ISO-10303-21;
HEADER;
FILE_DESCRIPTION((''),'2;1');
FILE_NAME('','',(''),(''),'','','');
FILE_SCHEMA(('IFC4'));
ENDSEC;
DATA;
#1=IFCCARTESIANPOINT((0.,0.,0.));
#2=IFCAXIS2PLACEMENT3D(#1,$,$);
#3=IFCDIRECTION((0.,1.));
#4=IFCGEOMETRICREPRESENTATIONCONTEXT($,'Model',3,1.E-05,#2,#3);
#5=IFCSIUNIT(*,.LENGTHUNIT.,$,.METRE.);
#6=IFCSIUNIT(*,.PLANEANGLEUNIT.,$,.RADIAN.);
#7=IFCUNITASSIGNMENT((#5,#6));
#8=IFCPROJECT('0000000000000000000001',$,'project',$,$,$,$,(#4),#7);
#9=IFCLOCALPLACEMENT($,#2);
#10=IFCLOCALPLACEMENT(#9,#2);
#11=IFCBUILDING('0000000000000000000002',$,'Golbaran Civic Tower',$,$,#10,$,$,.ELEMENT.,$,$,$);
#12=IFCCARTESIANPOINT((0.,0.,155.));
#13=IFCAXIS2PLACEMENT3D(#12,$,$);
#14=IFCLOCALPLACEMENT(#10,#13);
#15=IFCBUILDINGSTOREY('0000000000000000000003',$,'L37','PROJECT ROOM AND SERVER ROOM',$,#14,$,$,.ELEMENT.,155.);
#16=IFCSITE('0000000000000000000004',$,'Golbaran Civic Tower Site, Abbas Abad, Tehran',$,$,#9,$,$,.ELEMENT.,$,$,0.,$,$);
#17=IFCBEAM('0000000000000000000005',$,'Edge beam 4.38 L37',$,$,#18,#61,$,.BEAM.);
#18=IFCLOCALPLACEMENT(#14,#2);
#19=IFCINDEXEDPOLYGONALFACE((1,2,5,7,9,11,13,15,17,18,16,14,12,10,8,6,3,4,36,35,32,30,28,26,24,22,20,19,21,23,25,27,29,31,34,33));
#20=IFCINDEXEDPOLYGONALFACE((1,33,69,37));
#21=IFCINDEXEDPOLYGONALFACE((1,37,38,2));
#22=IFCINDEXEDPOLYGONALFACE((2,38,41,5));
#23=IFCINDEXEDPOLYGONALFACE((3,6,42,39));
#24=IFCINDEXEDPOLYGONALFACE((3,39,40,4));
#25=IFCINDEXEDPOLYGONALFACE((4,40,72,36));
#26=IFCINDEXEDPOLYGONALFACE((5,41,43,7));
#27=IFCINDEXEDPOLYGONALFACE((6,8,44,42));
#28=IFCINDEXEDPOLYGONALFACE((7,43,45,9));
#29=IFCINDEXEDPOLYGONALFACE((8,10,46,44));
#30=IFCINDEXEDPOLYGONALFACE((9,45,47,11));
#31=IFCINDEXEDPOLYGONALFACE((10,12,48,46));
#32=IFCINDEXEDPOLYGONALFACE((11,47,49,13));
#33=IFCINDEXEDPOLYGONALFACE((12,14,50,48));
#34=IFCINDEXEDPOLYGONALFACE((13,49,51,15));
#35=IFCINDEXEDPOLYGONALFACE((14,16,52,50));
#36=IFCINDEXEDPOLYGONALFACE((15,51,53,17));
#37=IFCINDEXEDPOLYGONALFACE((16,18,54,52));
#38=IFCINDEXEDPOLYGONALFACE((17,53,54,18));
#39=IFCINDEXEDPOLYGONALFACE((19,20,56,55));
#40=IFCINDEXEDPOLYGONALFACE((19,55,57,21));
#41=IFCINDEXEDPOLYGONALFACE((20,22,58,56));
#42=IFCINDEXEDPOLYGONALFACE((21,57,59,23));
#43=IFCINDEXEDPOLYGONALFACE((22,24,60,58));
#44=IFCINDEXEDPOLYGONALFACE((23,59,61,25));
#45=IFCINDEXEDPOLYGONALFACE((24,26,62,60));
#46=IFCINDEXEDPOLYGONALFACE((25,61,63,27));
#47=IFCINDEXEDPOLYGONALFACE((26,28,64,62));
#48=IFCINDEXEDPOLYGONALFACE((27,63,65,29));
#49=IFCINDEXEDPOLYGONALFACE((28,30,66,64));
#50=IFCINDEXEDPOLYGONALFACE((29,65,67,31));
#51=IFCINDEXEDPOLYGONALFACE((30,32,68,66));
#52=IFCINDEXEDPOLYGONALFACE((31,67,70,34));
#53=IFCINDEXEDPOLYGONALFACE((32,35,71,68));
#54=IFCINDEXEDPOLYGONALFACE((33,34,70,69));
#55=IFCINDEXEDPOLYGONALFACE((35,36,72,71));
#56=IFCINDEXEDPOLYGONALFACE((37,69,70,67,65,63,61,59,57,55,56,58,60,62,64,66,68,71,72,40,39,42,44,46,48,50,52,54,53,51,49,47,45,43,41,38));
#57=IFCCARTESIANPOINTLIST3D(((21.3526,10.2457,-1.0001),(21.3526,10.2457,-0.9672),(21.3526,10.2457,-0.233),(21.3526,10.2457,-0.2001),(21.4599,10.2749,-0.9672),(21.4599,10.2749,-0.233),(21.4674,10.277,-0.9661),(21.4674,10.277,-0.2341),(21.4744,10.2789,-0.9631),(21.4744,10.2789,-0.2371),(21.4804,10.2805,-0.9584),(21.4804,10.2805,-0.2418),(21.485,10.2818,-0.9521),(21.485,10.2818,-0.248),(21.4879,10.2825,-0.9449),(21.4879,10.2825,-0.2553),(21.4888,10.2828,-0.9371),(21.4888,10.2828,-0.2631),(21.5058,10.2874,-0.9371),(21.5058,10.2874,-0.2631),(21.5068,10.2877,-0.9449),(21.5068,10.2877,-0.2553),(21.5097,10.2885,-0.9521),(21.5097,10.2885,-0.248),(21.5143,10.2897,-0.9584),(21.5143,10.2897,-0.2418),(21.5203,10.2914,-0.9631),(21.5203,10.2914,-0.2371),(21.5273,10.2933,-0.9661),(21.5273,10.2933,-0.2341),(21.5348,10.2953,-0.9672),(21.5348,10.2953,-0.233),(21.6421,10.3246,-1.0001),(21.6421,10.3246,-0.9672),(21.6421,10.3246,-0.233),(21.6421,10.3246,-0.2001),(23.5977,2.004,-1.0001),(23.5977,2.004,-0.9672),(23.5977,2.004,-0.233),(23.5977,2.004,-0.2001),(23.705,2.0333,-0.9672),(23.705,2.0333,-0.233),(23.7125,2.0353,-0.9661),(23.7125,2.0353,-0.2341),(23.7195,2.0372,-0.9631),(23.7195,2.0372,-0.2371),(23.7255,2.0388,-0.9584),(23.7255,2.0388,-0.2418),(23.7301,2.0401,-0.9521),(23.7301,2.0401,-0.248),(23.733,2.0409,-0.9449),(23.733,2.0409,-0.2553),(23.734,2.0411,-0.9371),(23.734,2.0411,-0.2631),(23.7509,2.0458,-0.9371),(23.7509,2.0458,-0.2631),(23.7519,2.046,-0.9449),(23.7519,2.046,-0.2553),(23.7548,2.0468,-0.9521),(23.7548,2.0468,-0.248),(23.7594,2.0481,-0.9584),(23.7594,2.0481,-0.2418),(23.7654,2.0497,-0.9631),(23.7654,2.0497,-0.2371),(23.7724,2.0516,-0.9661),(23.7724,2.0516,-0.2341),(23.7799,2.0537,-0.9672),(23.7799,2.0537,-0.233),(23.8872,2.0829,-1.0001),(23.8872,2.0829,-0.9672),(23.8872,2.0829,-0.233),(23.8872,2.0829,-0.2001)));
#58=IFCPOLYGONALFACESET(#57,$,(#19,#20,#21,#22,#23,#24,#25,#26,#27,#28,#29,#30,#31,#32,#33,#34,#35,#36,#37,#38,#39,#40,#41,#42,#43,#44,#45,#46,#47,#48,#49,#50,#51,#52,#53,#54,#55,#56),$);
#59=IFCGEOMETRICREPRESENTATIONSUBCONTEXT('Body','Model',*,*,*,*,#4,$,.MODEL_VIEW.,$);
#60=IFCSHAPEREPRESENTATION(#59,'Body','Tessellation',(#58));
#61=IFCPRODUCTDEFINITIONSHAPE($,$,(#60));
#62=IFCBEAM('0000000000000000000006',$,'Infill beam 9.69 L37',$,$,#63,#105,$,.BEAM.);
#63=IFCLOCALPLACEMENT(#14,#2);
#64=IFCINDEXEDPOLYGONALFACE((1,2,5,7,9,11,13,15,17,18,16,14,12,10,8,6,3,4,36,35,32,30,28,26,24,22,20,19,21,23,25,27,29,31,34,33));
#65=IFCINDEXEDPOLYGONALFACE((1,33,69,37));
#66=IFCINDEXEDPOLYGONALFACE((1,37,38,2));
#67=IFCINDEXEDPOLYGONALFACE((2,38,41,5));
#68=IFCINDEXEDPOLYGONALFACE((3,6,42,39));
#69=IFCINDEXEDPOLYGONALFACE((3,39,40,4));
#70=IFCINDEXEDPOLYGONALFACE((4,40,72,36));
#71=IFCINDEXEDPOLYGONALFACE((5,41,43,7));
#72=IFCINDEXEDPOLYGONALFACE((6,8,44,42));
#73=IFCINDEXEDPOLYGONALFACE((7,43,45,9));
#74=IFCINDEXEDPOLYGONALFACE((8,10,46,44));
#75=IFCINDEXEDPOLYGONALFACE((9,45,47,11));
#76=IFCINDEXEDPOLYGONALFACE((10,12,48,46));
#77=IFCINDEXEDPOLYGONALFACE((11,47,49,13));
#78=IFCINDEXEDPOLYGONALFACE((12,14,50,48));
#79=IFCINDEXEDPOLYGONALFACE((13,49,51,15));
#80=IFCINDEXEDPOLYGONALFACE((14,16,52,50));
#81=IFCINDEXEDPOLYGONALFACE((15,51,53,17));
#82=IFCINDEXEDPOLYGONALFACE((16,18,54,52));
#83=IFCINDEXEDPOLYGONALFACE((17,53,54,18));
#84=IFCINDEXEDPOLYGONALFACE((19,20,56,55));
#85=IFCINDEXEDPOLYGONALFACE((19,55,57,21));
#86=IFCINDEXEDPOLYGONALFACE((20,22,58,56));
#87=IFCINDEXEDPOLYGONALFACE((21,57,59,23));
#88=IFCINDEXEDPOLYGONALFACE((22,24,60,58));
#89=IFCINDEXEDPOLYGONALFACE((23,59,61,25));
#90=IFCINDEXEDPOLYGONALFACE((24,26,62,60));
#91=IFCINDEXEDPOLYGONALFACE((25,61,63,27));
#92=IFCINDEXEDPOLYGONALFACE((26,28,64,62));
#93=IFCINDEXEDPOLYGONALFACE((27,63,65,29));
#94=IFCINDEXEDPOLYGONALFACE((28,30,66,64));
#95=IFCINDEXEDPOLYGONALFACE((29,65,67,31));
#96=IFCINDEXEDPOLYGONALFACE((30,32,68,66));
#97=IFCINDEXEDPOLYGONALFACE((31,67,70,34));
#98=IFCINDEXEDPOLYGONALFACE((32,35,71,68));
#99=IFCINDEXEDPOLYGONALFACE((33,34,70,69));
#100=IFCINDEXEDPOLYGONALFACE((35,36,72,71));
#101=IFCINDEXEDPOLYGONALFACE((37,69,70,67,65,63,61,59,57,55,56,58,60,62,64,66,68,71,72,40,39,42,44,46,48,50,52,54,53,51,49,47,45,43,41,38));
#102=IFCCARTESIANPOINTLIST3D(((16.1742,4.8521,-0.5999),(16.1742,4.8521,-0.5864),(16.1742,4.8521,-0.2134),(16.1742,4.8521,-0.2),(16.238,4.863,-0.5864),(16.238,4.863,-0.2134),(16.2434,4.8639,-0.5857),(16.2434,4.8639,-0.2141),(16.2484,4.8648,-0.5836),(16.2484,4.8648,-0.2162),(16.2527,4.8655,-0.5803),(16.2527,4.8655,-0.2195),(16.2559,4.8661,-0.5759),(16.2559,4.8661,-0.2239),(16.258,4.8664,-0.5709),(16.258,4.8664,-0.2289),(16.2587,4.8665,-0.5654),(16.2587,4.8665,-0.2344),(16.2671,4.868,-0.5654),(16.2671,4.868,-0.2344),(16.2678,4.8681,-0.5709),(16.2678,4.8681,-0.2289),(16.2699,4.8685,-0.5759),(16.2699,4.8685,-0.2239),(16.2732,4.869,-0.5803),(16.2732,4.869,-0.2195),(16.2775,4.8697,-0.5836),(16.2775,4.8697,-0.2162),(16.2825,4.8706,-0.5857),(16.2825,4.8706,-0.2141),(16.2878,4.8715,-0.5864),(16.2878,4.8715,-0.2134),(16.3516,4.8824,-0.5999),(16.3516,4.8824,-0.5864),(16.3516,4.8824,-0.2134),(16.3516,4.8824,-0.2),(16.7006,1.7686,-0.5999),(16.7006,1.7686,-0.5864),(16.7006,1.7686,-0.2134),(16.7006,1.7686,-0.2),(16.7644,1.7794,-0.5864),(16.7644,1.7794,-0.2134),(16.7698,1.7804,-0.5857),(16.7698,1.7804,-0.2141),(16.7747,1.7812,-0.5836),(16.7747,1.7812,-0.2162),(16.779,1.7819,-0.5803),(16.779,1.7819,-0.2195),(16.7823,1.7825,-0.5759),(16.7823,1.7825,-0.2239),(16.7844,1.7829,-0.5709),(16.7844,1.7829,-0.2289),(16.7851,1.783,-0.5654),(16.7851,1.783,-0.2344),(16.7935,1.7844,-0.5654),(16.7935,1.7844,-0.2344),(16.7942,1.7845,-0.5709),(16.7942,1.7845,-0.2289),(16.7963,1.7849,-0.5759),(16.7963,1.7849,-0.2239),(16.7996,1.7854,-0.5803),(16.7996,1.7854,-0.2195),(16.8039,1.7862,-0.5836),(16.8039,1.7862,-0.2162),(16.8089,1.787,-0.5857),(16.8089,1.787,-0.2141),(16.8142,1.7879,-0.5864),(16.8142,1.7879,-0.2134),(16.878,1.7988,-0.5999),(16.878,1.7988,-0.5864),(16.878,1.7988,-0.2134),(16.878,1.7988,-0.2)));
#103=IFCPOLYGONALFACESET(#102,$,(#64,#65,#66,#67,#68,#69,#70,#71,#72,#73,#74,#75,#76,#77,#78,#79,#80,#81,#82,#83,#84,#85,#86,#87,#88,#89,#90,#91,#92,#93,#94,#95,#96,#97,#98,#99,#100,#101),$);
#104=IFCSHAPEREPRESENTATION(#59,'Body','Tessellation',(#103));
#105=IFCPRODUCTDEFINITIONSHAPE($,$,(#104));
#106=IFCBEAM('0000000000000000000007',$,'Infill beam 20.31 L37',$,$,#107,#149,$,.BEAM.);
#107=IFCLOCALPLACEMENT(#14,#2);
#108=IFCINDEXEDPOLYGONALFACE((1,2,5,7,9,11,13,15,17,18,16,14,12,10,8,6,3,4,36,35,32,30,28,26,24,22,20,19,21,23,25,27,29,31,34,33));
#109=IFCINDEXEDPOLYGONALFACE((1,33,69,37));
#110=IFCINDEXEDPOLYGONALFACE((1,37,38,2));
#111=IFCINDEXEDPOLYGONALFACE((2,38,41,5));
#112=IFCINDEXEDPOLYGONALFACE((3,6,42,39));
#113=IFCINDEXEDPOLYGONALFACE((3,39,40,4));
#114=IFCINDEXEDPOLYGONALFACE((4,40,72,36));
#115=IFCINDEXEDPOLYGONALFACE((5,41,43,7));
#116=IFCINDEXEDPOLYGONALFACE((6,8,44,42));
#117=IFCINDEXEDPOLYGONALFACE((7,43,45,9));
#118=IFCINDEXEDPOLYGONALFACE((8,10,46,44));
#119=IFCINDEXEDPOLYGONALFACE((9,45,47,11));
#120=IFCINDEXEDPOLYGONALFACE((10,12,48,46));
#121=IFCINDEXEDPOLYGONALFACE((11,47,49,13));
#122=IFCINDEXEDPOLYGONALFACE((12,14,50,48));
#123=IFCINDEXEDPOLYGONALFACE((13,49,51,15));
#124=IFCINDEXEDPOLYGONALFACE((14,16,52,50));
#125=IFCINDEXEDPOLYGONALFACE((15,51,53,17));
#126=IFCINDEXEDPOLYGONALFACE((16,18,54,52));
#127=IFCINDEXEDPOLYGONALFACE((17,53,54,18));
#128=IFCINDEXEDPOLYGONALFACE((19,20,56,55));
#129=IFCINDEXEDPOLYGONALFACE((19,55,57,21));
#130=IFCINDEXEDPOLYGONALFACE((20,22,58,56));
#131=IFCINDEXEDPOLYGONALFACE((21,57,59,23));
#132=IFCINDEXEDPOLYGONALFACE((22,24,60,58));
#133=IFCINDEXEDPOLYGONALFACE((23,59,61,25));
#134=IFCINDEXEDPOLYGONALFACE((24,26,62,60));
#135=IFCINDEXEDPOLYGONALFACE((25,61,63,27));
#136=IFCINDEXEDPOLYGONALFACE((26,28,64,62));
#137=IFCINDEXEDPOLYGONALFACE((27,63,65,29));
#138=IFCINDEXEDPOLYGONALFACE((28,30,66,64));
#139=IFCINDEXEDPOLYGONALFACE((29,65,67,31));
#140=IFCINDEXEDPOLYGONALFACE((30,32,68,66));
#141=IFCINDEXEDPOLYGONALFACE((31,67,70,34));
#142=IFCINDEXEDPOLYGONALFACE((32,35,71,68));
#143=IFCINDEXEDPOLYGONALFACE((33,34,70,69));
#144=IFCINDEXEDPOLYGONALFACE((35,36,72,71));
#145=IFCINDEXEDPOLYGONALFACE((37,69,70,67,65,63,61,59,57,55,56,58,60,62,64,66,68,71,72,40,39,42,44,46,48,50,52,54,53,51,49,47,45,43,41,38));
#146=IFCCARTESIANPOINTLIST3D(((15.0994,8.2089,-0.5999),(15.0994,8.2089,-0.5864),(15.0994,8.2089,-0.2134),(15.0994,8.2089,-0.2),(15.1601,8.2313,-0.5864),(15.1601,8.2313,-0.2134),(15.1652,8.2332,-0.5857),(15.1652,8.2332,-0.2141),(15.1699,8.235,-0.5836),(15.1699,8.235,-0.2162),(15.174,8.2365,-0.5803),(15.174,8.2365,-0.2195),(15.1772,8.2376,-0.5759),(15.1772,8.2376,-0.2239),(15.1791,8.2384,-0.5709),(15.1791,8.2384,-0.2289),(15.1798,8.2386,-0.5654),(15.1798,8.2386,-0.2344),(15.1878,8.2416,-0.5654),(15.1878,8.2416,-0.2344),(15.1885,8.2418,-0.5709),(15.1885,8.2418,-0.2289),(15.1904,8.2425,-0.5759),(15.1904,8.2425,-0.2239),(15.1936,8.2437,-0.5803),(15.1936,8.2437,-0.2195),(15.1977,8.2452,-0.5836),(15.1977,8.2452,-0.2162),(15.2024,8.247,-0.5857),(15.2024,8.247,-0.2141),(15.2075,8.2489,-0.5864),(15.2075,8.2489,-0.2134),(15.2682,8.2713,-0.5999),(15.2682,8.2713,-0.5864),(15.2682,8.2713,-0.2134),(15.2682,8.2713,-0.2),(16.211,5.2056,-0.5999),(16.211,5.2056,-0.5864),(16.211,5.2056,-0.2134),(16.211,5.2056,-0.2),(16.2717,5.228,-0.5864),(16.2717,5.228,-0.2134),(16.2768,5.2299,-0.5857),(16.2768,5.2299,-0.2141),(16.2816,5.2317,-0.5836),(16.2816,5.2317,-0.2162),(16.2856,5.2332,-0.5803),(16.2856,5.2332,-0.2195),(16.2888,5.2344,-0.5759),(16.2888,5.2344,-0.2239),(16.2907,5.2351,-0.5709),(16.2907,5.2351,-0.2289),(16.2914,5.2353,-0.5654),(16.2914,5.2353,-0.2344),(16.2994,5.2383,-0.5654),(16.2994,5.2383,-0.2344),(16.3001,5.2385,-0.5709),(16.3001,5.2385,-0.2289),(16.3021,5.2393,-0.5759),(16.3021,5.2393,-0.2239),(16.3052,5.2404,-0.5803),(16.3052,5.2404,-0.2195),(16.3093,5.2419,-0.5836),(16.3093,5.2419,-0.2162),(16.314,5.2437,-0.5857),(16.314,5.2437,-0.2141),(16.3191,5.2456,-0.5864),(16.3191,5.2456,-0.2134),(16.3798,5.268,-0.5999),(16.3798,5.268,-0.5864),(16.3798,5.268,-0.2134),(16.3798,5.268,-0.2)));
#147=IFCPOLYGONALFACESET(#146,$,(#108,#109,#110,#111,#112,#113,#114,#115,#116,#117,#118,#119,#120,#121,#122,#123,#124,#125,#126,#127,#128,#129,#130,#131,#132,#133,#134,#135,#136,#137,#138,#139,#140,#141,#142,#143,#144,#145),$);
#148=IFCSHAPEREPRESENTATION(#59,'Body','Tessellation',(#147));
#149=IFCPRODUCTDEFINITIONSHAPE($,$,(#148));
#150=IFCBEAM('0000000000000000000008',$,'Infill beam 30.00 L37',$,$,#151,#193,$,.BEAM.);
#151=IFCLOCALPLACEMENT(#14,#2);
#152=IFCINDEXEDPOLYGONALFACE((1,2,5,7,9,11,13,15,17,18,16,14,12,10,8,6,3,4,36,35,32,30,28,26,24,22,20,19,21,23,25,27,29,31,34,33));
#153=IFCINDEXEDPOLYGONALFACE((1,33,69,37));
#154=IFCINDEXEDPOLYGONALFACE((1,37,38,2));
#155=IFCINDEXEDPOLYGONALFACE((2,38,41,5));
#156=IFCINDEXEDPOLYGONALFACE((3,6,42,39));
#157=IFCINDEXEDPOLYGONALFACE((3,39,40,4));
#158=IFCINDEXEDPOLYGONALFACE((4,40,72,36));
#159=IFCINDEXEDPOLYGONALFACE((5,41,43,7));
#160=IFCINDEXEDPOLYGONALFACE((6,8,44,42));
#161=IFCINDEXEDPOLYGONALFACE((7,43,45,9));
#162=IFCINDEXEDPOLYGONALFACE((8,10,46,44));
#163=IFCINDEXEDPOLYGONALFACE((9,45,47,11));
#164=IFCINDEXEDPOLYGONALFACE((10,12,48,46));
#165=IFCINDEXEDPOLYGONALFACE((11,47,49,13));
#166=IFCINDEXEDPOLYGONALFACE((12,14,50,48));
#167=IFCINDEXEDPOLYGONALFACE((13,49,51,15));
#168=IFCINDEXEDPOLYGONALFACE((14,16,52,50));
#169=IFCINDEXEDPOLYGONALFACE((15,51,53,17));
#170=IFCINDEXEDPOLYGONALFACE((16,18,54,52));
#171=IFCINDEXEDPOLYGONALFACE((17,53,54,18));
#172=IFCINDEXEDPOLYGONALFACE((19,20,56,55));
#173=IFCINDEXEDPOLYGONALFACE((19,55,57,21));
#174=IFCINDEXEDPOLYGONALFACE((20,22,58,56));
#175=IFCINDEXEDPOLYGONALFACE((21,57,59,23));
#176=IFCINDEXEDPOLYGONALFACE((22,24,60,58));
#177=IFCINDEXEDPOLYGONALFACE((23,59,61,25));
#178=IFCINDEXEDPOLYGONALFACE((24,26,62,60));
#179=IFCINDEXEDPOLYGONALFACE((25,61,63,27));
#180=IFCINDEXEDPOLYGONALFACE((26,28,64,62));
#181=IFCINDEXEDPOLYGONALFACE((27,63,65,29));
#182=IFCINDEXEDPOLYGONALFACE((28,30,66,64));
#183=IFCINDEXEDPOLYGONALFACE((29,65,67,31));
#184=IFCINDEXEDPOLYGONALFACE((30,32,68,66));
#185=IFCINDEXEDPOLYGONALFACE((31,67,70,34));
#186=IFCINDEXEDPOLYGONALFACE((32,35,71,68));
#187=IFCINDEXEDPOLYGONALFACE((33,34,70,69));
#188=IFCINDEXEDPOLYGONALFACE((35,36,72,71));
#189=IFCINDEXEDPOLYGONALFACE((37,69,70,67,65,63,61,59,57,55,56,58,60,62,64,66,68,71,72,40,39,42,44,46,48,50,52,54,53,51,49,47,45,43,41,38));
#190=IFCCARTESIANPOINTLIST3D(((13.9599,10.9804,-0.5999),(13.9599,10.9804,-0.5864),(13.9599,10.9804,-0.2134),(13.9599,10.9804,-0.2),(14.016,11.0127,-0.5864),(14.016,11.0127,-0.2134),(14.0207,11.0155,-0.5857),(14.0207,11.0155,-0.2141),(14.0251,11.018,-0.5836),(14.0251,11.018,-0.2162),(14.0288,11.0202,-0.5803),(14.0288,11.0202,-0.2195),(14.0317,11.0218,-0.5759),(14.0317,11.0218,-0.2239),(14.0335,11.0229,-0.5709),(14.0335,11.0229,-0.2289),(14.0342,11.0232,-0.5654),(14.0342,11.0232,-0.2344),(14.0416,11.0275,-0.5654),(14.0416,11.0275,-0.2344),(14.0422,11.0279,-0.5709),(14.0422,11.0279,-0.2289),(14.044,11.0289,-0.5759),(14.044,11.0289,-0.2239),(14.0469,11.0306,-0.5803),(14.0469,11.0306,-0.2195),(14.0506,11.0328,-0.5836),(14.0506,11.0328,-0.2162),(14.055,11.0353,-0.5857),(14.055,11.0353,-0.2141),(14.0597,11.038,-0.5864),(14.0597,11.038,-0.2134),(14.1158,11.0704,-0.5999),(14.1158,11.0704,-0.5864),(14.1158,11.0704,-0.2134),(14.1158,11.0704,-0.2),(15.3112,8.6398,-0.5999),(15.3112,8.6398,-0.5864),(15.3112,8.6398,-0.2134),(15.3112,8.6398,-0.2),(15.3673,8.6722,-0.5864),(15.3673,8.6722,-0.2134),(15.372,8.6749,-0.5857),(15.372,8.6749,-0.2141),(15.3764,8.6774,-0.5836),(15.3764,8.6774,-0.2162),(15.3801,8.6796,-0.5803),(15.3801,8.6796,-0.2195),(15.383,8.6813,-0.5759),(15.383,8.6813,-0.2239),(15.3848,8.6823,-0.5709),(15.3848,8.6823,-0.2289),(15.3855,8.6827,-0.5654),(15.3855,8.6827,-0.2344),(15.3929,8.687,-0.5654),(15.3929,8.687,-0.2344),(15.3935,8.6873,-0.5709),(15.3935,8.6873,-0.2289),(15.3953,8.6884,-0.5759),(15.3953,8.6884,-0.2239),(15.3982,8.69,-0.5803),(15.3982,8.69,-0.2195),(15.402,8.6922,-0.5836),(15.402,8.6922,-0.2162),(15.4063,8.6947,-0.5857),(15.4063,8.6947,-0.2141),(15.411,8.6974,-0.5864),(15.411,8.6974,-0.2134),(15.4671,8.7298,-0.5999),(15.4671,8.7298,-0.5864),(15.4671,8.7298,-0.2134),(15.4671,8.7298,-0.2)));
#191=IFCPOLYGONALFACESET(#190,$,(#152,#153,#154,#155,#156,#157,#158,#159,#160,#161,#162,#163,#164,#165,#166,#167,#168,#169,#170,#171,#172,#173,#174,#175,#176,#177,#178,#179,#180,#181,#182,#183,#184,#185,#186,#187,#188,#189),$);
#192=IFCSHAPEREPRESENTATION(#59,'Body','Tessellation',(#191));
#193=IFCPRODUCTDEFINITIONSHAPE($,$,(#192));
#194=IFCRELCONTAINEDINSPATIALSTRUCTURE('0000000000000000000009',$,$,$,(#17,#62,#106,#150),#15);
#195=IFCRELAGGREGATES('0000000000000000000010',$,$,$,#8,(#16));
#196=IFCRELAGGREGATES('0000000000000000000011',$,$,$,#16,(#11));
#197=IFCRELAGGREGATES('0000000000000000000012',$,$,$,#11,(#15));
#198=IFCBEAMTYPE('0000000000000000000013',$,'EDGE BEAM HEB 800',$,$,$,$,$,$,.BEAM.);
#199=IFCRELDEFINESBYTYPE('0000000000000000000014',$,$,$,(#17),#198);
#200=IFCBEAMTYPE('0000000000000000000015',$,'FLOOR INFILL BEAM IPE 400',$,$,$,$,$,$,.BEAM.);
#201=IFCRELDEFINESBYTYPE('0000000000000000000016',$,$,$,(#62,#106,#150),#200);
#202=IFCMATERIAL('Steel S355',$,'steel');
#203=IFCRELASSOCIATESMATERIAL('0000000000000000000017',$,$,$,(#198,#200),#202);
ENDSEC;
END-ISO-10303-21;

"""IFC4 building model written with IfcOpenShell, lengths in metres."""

from ifc_helpers import new_model, si_unit, direction, frame, origin, origin_2d, place, context, subcontext, project, spatial, i_section, extrude, material, material_profile, profile_set, type_object, element, save


model = new_model("IFC4")

# Units and contexts
model_context = context("Model", 3, precision=1e-05, world=origin(), true_north=direction((0.0, 1.0)))
body_context = subcontext(model_context, "Body", "Model", "MODEL_VIEW")
ifc_project = project(units=[si_unit("LENGTHUNIT", "METRE"), si_unit("PLANEANGLEUNIT", "RADIAN")], contexts=[model_context])

# Site, building, storey
site_placement = place(None, origin())
site = spatial("IfcSite", under=ifc_project, at=site_placement, Name="Golbaran Civic Tower Site, Abbas Abad, Tehran", CompositionType="ELEMENT", RefElevation=0.0)
building_placement = place(site_placement, origin())
building = spatial("IfcBuilding", under=site, at=building_placement, Name="Golbaran Civic Tower", CompositionType="ELEMENT")
storey_placement = place(building_placement, frame((0.0, 0.0, 155.0)))
storey = spatial("IfcBuildingStorey", under=building, at=storey_placement, Name="L37", Description="PROJECT ROOM AND SERVER ROOM", CompositionType="ELEMENT", Elevation=155.0)

# Beams
ifc_material_1 = material(Name="Steel S355", Category="steel")
ifc_material_profile_1 = material_profile(ifc_material_1, i_section(OverallWidth=0.3, OverallDepth=0.8, WebThickness=0.0176, FlangeThickness=0.033, FilletRadius=0.03, at=origin_2d()), Name="HEB 800")
ifc_profile_set_1 = profile_set([ifc_material_profile_1], Name="Steel S355")
beam_type_1 = type_object("IfcBeamType", Name="EDGE BEAM HEB 800", PredefinedType="BEAM", material=ifc_profile_set_1)
beam_1_placement = place(storey_placement, frame((23.7424, 2.0435, -0.6001), z_axis=(-0.262832, 0.964842, 0.0), x_axis=(-0.964842, -0.262832, 0.0)))
element("IfcBeam", 1, at=beam_1_placement, inside=storey, type_object=beam_type_1, Name="Edge beam 4.38 L37", PredefinedType="BEAM", context=body_context, shape_type="SweptSolid", body=[
    extrude(i_section(OverallWidth=0.3, OverallDepth=0.8, WebThickness=0.0176, FlangeThickness=0.033, FilletRadius=0.03, at=origin_2d()), origin(), (0.0, 0.0, 1.0), 8.542),
])
ifc_material_profile_2 = material_profile(ifc_material_1, i_section(OverallWidth=0.1799, OverallDepth=0.3999, WebThickness=0.0085, FlangeThickness=0.0134, FilletRadius=0.021, at=origin_2d()), Name="IPE 400")
ifc_profile_set_2 = profile_set([ifc_material_profile_2], Name="Steel S355")
beam_type_2 = type_object("IfcBeamType", Name="FLOOR INFILL BEAM IPE 400", PredefinedType="BEAM", material=ifc_profile_set_2)
beam_2_placement = place(storey_placement, frame((16.7893, 1.7837, -0.3999), z_axis=(-0.168271, 0.985741, 0.0), x_axis=(-0.985741, -0.168271, 0.0)))
element("IfcBeam", 2, at=beam_2_placement, inside=storey, type_object=beam_type_2, Name="Infill beam 9.69 L37", PredefinedType="BEAM", context=body_context, shape_type="SweptSolid", body=[
    extrude(i_section(OverallWidth=0.1799, OverallDepth=0.3999, WebThickness=0.0085, FlangeThickness=0.0134, FilletRadius=0.021, at=origin_2d()), origin(), (0.0, 0.0, 1.0), 3.1282),
])
beam_3_placement = place(storey_placement, frame((16.2954, 5.2368, -0.3999), z_axis=(-0.347118, 0.937821, 0.0), x_axis=(-0.937821, -0.347118, 0.0)))
element("IfcBeam", 3, at=beam_3_placement, inside=storey, type_object=beam_type_2, Name="Infill beam 20.31 L37", PredefinedType="BEAM", context=body_context, shape_type="SweptSolid", body=[
    extrude(i_section(OverallWidth=0.1799, OverallDepth=0.3999, WebThickness=0.0085, FlangeThickness=0.0134, FilletRadius=0.021, at=origin_2d()), origin(), (0.0, 0.0, 1.0), 3.2024),
])
beam_4_placement = place(storey_placement, frame((15.3892, 8.6848, -0.3999), z_axis=(-0.499996, 0.866028, 0.0), x_axis=(-0.866028, -0.499996, 0.0)))
element("IfcBeam", 4, at=beam_4_placement, inside=storey, type_object=beam_type_2, Name="Infill beam 30.00 L37", PredefinedType="BEAM", context=body_context, shape_type="SweptSolid", body=[
    extrude(i_section(OverallWidth=0.1799, OverallDepth=0.3999, WebThickness=0.0085, FlangeThickness=0.0134, FilletRadius=0.021, at=origin_2d()), origin(), (0.0, 0.0, 1.0), 2.7026),
])

save(model, "model.ifc")
